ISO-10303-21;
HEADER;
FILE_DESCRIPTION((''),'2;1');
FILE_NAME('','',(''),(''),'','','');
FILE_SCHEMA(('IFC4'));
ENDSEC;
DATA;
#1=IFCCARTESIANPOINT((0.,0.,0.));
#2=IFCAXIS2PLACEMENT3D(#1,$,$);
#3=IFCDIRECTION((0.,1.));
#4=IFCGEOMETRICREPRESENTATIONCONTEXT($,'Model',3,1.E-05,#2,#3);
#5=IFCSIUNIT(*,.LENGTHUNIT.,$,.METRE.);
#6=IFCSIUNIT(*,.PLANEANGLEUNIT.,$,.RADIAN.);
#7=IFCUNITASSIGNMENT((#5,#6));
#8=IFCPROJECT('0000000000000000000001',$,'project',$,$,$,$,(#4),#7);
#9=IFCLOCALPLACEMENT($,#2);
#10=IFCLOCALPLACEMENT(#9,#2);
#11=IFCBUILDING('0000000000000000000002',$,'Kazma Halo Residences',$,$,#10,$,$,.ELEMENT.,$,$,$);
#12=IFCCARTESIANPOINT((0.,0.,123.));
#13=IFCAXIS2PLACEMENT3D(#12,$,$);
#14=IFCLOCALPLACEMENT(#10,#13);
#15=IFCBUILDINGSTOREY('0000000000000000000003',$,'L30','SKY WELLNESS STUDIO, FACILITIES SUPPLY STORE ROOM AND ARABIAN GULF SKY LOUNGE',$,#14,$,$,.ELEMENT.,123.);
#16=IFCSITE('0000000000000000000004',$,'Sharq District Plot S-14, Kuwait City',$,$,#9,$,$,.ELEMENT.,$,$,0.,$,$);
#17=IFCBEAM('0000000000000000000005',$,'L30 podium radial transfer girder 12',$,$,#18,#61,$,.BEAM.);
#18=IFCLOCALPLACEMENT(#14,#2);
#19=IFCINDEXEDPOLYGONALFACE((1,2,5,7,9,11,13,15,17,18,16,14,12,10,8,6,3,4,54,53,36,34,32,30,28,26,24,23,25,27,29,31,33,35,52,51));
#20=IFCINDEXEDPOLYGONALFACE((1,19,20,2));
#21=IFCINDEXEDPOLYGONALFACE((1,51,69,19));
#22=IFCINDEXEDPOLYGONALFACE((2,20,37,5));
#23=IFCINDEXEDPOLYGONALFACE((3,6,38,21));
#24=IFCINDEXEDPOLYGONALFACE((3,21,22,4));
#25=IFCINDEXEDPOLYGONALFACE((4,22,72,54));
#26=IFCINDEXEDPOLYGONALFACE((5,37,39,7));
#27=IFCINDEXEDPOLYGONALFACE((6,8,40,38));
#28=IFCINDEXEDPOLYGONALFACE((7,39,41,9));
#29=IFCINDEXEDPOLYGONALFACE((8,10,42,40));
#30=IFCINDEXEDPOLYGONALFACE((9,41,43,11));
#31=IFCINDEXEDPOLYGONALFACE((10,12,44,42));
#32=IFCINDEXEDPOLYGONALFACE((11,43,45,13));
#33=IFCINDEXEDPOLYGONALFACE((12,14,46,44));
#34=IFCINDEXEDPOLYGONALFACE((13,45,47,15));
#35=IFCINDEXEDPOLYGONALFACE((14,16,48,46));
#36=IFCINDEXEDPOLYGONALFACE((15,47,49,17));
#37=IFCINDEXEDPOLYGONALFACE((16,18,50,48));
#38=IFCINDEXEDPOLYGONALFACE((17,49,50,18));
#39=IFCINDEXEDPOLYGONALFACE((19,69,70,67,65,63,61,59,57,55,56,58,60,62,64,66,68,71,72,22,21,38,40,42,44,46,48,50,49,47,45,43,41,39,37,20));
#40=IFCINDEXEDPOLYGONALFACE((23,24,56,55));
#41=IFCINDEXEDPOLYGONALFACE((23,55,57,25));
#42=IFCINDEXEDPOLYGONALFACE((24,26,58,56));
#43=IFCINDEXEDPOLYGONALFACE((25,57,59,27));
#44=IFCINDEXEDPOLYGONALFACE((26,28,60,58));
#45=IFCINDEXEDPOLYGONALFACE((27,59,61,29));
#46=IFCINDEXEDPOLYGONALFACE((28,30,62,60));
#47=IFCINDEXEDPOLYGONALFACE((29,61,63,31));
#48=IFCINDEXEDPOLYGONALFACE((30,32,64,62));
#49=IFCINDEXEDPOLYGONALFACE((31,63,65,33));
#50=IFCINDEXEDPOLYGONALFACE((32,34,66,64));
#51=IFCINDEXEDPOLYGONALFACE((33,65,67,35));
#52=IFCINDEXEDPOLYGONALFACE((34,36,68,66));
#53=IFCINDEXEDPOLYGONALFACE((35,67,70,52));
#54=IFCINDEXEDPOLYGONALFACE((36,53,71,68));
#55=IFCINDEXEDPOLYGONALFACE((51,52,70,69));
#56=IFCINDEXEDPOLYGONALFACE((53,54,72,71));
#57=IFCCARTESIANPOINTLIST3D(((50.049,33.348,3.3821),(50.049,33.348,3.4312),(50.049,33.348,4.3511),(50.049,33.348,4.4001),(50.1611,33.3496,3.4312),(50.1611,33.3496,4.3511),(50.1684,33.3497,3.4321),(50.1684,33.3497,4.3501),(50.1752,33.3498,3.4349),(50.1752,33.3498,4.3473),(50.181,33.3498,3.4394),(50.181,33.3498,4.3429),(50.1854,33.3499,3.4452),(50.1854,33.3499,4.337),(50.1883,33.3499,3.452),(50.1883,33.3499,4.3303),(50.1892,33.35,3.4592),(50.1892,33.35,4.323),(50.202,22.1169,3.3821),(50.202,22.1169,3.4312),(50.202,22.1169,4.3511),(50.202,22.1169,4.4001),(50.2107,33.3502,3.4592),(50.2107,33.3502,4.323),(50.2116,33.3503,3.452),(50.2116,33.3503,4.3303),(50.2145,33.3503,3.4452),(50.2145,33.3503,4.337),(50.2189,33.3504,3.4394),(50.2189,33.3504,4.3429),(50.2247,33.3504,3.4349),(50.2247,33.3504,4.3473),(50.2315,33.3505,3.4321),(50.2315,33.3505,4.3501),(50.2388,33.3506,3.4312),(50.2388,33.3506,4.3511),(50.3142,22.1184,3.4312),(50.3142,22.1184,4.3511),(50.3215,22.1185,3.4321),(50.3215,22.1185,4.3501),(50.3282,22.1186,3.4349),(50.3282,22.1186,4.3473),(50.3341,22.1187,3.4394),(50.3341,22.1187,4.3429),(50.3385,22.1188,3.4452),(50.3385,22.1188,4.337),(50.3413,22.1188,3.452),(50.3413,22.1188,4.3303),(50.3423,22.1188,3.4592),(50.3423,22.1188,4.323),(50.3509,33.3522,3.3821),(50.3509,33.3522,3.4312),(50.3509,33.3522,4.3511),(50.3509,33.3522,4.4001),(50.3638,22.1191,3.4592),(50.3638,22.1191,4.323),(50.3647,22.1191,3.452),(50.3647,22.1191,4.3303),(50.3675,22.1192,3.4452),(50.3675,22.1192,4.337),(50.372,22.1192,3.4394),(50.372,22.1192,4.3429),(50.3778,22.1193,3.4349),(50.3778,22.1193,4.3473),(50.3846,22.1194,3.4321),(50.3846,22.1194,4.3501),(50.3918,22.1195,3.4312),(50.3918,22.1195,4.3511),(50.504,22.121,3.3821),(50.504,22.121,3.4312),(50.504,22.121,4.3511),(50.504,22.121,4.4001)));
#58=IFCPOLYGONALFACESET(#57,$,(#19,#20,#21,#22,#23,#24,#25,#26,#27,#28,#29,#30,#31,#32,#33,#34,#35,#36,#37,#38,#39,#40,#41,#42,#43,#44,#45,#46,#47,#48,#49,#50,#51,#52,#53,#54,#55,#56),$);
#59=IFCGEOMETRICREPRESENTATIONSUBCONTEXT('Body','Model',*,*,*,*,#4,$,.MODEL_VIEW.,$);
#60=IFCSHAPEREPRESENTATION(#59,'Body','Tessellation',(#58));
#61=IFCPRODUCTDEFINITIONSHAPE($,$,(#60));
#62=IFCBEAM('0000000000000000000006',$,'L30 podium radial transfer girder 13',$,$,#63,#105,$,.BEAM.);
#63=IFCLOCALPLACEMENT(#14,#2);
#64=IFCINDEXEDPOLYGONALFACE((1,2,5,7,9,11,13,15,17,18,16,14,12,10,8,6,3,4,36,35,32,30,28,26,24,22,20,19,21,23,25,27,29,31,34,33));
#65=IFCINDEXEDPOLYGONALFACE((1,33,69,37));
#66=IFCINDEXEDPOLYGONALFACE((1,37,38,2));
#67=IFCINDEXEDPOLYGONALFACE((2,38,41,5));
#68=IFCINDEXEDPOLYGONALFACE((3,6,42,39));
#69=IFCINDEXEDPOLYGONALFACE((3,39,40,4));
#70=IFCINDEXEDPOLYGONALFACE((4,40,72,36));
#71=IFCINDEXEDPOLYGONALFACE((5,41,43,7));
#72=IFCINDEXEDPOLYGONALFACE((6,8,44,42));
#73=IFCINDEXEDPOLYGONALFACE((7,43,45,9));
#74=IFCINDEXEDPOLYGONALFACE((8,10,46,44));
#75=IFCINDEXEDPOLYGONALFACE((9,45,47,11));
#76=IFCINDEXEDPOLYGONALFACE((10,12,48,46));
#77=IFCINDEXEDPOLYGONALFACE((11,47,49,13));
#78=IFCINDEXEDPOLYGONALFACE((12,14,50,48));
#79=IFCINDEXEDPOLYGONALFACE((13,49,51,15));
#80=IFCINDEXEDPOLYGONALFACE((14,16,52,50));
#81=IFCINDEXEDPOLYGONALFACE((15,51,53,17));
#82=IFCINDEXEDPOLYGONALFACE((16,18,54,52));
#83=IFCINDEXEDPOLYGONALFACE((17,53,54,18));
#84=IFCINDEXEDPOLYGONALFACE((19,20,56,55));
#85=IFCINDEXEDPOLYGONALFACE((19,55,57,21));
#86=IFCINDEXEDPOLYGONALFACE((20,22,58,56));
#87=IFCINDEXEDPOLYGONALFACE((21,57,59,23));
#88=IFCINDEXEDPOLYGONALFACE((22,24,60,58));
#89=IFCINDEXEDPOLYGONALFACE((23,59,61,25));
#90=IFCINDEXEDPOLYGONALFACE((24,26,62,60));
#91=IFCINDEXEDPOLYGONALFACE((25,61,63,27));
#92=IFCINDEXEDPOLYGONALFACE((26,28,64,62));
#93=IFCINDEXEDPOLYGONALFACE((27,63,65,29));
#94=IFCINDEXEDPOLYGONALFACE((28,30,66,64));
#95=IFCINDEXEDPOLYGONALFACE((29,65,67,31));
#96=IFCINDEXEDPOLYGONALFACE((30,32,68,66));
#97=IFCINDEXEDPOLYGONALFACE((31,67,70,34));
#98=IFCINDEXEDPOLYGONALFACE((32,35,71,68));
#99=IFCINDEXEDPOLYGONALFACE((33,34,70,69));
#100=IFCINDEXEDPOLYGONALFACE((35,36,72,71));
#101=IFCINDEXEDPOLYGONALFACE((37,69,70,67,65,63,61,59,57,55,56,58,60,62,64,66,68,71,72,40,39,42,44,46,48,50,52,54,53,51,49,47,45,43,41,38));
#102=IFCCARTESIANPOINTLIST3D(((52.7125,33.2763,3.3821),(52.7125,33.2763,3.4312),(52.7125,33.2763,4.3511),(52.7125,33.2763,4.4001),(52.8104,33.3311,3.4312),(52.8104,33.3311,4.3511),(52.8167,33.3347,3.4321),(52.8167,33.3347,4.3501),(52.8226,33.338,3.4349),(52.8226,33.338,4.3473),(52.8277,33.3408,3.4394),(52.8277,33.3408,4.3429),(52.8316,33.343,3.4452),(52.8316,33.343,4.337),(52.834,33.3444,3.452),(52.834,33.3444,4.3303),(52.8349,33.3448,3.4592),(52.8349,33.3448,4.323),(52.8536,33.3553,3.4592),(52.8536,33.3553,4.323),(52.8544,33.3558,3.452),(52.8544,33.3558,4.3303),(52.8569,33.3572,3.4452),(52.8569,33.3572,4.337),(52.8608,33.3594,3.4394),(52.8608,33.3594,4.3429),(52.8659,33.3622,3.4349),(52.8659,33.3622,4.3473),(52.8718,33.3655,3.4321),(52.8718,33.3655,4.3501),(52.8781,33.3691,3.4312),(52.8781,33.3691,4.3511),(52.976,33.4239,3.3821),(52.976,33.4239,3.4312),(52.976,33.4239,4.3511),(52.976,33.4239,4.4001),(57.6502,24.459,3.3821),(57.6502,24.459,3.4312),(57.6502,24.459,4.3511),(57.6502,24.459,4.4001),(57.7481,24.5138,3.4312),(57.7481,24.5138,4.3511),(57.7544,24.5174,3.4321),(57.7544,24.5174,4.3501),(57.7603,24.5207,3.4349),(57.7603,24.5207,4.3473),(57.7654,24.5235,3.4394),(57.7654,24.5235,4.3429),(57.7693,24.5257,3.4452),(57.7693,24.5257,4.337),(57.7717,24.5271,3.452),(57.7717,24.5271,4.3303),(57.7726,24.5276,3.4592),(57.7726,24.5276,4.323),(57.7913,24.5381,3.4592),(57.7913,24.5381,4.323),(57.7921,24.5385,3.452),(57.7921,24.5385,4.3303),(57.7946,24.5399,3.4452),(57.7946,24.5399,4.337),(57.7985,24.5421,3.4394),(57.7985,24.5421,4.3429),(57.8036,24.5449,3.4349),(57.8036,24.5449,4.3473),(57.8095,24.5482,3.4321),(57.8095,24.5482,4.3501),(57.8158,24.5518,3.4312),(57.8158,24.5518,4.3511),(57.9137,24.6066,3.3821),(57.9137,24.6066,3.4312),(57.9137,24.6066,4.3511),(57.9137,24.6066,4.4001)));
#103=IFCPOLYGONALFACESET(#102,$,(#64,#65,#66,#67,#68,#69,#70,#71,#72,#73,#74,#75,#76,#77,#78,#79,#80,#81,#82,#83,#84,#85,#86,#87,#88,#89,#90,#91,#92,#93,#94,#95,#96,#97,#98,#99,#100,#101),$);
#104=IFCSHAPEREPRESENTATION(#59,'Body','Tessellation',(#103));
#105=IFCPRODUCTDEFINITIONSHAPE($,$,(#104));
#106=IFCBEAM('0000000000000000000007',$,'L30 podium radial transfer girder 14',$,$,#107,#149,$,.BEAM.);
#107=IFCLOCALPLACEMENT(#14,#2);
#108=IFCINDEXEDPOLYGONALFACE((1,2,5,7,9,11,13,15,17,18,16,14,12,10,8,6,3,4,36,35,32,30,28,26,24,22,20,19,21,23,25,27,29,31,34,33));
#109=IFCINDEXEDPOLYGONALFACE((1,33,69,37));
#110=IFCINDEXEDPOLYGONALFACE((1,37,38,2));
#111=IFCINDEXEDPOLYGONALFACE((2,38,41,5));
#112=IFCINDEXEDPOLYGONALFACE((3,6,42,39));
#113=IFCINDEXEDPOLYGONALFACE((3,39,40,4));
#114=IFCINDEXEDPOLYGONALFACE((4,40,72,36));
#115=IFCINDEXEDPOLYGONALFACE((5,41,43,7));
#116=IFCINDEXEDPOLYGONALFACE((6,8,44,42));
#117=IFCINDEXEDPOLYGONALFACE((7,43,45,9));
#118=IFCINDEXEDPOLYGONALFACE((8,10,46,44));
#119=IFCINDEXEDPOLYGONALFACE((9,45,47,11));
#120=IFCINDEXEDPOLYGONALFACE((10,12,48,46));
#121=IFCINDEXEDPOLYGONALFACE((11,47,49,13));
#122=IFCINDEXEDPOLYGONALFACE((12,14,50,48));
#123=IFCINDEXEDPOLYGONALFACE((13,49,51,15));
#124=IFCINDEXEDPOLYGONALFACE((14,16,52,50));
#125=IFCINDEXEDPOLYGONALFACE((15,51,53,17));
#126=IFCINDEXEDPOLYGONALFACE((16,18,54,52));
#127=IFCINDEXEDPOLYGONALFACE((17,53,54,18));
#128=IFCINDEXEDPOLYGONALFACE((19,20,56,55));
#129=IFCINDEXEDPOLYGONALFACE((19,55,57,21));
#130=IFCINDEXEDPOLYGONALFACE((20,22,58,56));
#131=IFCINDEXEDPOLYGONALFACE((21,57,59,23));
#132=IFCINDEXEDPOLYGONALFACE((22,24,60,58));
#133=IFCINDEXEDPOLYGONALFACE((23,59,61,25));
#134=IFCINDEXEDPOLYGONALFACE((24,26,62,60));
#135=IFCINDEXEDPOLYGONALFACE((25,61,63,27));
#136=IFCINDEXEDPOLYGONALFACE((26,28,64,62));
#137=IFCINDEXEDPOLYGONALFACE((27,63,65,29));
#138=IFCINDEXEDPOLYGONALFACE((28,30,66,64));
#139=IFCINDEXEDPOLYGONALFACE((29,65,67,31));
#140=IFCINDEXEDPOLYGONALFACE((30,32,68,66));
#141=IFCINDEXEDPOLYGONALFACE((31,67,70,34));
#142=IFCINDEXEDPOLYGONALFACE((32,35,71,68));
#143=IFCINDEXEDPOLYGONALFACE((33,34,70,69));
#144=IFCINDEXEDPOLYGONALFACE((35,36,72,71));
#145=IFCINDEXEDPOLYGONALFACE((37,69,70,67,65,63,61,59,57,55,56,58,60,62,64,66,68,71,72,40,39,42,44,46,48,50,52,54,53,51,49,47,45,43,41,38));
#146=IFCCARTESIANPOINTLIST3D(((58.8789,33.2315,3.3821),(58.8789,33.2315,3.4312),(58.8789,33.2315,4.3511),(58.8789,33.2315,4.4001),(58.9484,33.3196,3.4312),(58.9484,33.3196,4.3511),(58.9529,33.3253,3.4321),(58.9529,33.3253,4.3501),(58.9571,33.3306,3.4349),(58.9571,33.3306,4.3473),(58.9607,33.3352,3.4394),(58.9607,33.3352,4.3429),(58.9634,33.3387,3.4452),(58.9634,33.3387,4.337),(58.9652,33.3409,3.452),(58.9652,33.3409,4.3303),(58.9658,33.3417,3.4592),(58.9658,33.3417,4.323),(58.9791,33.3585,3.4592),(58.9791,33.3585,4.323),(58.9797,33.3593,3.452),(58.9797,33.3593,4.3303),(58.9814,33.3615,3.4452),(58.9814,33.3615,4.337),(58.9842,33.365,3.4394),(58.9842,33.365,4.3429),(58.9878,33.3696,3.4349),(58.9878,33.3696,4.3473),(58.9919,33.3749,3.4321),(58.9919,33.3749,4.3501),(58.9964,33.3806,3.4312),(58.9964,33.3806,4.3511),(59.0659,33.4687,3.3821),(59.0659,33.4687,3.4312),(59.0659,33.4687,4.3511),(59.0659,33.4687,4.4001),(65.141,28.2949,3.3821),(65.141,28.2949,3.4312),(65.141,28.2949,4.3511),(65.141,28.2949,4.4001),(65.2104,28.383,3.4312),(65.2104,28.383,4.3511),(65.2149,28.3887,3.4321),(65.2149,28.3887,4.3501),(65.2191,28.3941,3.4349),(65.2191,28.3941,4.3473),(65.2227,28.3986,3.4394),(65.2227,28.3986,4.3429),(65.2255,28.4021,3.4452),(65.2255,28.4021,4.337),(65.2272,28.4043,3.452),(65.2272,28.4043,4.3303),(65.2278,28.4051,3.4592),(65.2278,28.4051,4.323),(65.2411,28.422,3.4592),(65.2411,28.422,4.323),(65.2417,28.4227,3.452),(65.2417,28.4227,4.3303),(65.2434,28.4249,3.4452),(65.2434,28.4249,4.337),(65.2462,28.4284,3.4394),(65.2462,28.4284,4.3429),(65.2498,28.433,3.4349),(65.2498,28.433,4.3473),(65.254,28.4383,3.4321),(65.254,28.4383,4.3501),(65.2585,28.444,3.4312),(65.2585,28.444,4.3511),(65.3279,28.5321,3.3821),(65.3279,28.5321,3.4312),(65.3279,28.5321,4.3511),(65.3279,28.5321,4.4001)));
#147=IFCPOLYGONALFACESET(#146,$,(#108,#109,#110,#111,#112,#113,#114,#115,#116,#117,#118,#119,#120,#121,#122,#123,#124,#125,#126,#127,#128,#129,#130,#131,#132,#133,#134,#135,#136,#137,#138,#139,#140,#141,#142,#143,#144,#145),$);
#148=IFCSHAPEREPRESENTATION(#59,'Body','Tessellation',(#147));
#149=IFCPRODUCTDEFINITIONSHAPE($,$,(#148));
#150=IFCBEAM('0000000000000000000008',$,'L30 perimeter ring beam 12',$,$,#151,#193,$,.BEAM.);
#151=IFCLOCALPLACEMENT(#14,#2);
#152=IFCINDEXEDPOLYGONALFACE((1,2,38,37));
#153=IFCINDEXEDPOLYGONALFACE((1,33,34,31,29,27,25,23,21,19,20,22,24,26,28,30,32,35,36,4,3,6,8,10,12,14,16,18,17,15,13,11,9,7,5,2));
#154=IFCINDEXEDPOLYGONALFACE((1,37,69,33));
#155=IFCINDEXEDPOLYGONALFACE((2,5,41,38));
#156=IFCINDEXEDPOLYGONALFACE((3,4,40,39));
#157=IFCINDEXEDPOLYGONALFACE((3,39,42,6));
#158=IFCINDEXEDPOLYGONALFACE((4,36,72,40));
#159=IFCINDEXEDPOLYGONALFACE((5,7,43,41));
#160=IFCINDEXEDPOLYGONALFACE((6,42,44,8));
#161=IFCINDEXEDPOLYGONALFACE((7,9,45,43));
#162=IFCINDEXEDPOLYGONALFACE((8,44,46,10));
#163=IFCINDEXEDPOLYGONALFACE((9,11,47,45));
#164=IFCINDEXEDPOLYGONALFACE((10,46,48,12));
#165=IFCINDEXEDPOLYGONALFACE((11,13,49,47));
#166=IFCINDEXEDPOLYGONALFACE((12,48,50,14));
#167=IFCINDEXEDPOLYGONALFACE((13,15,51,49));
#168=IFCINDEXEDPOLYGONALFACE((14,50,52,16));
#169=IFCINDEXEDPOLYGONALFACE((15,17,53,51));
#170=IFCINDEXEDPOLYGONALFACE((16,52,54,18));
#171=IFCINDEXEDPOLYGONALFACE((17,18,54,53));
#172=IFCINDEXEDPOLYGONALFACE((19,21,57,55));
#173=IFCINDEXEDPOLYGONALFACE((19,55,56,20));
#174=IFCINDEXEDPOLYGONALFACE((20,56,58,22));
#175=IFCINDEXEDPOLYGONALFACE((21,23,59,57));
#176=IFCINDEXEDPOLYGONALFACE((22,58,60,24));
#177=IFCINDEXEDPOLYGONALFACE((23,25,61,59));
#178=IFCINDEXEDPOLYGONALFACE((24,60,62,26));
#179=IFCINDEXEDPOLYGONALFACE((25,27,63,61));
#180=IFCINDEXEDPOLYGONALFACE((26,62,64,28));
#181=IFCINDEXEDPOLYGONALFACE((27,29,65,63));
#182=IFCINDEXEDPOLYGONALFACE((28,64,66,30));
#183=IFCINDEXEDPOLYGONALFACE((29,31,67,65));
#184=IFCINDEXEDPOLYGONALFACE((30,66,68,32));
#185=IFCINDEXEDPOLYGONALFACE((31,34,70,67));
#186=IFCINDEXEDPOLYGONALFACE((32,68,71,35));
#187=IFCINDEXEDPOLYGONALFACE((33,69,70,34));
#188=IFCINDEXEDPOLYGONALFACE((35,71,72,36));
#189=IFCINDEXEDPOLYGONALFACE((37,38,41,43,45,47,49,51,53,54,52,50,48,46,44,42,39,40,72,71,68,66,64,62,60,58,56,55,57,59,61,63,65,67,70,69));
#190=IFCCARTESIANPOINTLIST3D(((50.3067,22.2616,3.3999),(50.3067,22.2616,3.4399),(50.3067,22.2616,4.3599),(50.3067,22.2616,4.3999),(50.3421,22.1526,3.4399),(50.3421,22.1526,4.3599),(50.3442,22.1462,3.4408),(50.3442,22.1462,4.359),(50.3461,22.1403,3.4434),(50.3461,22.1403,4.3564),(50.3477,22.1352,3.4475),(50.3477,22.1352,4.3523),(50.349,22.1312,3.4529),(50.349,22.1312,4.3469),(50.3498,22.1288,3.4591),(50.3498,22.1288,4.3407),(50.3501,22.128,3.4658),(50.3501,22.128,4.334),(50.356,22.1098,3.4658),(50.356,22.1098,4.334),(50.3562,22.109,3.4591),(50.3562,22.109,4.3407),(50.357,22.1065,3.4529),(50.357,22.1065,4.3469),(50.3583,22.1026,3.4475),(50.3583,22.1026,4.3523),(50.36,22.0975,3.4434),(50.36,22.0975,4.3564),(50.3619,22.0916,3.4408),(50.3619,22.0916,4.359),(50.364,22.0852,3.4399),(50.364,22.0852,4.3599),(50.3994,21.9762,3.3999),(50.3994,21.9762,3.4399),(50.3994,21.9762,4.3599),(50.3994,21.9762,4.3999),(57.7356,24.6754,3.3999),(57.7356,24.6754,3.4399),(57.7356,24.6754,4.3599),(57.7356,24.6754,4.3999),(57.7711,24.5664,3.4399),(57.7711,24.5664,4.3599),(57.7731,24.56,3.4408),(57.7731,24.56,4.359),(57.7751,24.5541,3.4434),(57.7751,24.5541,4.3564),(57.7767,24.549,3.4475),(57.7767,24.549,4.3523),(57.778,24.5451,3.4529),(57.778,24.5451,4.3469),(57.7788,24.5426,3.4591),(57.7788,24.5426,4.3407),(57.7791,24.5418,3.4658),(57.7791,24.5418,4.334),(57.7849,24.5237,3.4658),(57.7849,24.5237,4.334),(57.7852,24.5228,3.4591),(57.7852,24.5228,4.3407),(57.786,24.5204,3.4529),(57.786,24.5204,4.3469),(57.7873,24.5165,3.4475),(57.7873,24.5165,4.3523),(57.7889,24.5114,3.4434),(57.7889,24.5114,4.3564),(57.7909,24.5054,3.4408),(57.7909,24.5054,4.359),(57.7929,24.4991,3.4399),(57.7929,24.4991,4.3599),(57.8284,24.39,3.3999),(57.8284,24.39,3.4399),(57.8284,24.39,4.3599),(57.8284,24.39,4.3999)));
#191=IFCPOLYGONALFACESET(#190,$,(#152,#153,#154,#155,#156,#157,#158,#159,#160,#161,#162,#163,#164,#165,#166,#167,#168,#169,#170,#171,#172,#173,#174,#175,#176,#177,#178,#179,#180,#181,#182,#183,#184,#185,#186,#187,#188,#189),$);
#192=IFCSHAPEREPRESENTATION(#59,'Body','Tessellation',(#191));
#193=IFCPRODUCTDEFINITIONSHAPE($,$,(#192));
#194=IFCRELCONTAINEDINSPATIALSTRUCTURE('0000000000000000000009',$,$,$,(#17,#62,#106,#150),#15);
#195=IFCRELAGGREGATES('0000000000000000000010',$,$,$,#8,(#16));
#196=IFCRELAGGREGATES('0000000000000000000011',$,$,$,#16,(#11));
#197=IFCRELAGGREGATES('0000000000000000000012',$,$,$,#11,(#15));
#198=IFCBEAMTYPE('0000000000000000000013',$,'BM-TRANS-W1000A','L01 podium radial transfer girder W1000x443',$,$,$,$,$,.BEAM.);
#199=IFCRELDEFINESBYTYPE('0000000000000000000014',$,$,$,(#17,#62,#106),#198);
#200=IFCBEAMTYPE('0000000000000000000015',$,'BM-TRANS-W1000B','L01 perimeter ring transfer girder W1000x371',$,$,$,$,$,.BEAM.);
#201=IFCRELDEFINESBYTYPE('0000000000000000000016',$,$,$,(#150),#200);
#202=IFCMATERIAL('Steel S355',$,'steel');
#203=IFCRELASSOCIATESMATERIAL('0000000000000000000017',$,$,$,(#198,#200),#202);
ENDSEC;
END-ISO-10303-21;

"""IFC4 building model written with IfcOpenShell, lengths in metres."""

from ifc_helpers import new_model, si_unit, direction, frame, origin, origin_2d, place, context, subcontext, project, spatial, i_section, extrude, material, material_profile, profile_set, type_object, element, save


model = new_model("IFC4")

# Units and contexts
model_context = context("Model", 3, precision=1e-05, world=origin(), true_north=direction((0.0, 1.0)))
body_context = subcontext(model_context, "Body", "Model", "MODEL_VIEW")
ifc_project = project(units=[si_unit("LENGTHUNIT", "METRE"), si_unit("PLANEANGLEUNIT", "RADIAN")], contexts=[model_context])

# Site, building, storey
site_placement = place(None, origin())
site = spatial("IfcSite", under=ifc_project, at=site_placement, Name="Sharq District Plot S-14, Kuwait City", CompositionType="ELEMENT", RefElevation=0.0)
building_placement = place(site_placement, origin())
building = spatial("IfcBuilding", under=site, at=building_placement, Name="Kazma Halo Residences", CompositionType="ELEMENT")
storey_placement = place(building_placement, frame((0.0, 0.0, 123.0)))
storey = spatial("IfcBuildingStorey", under=building, at=storey_placement, Name="L30", Description="SKY WELLNESS STUDIO, FACILITIES SUPPLY STORE ROOM AND ARABIAN GULF SKY LOUNGE", CompositionType="ELEMENT", Elevation=123.0)

# Beams
ifc_material_1 = material(Name="Steel S355", Category="steel")
ifc_material_profile_1 = material_profile(ifc_material_1, i_section(OverallWidth=0.302, OverallDepth=1.0181, WebThickness=0.0215, FlangeThickness=0.0491, FilletRadius=0.0281, at=origin_2d()), Name="W1000x443")
ifc_profile_set_1 = profile_set([ifc_material_profile_1], Name="Steel S355")
beam_type_1 = type_object("IfcBeamType", Name="BM-TRANS-W1000A", Description="L01 podium radial transfer girder W1000x443", PredefinedType="BEAM", material=ifc_profile_set_1)
beam_1_placement = place(storey_placement, frame((50.2, 33.3501, 3.8911), z_axis=(0.013628, -0.999907, 0.0), x_axis=(0.999907, 0.013628, 0.0)))
element("IfcBeam", 1, at=beam_1_placement, inside=storey, type_object=beam_type_1, Name="L30 podium radial transfer girder 12", PredefinedType="BEAM", context=body_context, shape_type="SweptSolid", body=[
    extrude(i_section(OverallWidth=0.302, OverallDepth=1.0181, WebThickness=0.0215, FlangeThickness=0.0491, FilletRadius=0.0281, at=origin_2d()), origin(), (0.0, 0.0, 1.0), 11.2322),
])
beam_2_placement = place(storey_placement, frame((52.8442, 33.3501, 3.8911), z_axis=(0.488604, -0.872506, 0.0), x_axis=(0.872506, 0.488604, 0.0)))
element("IfcBeam", 2, at=beam_2_placement, inside=storey, type_object=beam_type_1, Name="L30 podium radial transfer girder 13", PredefinedType="BEAM", context=body_context, shape_type="SweptSolid", body=[
    extrude(i_section(OverallWidth=0.302, OverallDepth=1.0181, WebThickness=0.0215, FlangeThickness=0.0491, FilletRadius=0.0281, at=origin_2d()), origin(), (0.0, 0.0, 1.0), 10.1057),
])
beam_3_placement = place(storey_placement, frame((58.9724, 33.3501, 3.8911), z_axis=(0.785318, -0.619093, 0.0), x_axis=(0.619093, 0.785318, 0.0)))
element("IfcBeam", 3, at=beam_3_placement, inside=storey, type_object=beam_type_1, Name="L30 podium radial transfer girder 14", PredefinedType="BEAM", context=body_context, shape_type="SweptSolid", body=[
    extrude(i_section(OverallWidth=0.302, OverallDepth=1.0181, WebThickness=0.0215, FlangeThickness=0.0491, FilletRadius=0.0281, at=origin_2d()), origin(), (0.0, 0.0, 1.0), 7.9739),
])
ifc_material_profile_2 = material_profile(ifc_material_1, i_section(OverallWidth=0.3, OverallDepth=1.0, WebThickness=0.019, FlangeThickness=0.04, FilletRadius=0.0259, at=origin_2d()), Name="W1000x371")
ifc_profile_set_2 = profile_set([ifc_material_profile_2], Name="Steel S355")
beam_type_2 = type_object("IfcBeamType", Name="BM-TRANS-W1000B", Description="L01 perimeter ring transfer girder W1000x371", PredefinedType="BEAM", material=ifc_profile_set_2)
beam_4_placement = place(storey_placement, frame((50.353, 22.1189, 3.8999), z_axis=(0.951056, 0.309018, 0.0), x_axis=(-0.309018, 0.951056, 0.0)))
element("IfcBeam", 4, at=beam_4_placement, inside=storey, type_object=beam_type_2, Name="L30 perimeter ring beam 12", PredefinedType="BEAM", context=body_context, shape_type="SweptSolid", body=[
    extrude(i_section(OverallWidth=0.3, OverallDepth=1.0, WebThickness=0.019, FlangeThickness=0.04, FilletRadius=0.0259, at=origin_2d()), origin(), (0.0, 0.0, 1.0), 7.8113),
])

save(model, "model.ifc")
